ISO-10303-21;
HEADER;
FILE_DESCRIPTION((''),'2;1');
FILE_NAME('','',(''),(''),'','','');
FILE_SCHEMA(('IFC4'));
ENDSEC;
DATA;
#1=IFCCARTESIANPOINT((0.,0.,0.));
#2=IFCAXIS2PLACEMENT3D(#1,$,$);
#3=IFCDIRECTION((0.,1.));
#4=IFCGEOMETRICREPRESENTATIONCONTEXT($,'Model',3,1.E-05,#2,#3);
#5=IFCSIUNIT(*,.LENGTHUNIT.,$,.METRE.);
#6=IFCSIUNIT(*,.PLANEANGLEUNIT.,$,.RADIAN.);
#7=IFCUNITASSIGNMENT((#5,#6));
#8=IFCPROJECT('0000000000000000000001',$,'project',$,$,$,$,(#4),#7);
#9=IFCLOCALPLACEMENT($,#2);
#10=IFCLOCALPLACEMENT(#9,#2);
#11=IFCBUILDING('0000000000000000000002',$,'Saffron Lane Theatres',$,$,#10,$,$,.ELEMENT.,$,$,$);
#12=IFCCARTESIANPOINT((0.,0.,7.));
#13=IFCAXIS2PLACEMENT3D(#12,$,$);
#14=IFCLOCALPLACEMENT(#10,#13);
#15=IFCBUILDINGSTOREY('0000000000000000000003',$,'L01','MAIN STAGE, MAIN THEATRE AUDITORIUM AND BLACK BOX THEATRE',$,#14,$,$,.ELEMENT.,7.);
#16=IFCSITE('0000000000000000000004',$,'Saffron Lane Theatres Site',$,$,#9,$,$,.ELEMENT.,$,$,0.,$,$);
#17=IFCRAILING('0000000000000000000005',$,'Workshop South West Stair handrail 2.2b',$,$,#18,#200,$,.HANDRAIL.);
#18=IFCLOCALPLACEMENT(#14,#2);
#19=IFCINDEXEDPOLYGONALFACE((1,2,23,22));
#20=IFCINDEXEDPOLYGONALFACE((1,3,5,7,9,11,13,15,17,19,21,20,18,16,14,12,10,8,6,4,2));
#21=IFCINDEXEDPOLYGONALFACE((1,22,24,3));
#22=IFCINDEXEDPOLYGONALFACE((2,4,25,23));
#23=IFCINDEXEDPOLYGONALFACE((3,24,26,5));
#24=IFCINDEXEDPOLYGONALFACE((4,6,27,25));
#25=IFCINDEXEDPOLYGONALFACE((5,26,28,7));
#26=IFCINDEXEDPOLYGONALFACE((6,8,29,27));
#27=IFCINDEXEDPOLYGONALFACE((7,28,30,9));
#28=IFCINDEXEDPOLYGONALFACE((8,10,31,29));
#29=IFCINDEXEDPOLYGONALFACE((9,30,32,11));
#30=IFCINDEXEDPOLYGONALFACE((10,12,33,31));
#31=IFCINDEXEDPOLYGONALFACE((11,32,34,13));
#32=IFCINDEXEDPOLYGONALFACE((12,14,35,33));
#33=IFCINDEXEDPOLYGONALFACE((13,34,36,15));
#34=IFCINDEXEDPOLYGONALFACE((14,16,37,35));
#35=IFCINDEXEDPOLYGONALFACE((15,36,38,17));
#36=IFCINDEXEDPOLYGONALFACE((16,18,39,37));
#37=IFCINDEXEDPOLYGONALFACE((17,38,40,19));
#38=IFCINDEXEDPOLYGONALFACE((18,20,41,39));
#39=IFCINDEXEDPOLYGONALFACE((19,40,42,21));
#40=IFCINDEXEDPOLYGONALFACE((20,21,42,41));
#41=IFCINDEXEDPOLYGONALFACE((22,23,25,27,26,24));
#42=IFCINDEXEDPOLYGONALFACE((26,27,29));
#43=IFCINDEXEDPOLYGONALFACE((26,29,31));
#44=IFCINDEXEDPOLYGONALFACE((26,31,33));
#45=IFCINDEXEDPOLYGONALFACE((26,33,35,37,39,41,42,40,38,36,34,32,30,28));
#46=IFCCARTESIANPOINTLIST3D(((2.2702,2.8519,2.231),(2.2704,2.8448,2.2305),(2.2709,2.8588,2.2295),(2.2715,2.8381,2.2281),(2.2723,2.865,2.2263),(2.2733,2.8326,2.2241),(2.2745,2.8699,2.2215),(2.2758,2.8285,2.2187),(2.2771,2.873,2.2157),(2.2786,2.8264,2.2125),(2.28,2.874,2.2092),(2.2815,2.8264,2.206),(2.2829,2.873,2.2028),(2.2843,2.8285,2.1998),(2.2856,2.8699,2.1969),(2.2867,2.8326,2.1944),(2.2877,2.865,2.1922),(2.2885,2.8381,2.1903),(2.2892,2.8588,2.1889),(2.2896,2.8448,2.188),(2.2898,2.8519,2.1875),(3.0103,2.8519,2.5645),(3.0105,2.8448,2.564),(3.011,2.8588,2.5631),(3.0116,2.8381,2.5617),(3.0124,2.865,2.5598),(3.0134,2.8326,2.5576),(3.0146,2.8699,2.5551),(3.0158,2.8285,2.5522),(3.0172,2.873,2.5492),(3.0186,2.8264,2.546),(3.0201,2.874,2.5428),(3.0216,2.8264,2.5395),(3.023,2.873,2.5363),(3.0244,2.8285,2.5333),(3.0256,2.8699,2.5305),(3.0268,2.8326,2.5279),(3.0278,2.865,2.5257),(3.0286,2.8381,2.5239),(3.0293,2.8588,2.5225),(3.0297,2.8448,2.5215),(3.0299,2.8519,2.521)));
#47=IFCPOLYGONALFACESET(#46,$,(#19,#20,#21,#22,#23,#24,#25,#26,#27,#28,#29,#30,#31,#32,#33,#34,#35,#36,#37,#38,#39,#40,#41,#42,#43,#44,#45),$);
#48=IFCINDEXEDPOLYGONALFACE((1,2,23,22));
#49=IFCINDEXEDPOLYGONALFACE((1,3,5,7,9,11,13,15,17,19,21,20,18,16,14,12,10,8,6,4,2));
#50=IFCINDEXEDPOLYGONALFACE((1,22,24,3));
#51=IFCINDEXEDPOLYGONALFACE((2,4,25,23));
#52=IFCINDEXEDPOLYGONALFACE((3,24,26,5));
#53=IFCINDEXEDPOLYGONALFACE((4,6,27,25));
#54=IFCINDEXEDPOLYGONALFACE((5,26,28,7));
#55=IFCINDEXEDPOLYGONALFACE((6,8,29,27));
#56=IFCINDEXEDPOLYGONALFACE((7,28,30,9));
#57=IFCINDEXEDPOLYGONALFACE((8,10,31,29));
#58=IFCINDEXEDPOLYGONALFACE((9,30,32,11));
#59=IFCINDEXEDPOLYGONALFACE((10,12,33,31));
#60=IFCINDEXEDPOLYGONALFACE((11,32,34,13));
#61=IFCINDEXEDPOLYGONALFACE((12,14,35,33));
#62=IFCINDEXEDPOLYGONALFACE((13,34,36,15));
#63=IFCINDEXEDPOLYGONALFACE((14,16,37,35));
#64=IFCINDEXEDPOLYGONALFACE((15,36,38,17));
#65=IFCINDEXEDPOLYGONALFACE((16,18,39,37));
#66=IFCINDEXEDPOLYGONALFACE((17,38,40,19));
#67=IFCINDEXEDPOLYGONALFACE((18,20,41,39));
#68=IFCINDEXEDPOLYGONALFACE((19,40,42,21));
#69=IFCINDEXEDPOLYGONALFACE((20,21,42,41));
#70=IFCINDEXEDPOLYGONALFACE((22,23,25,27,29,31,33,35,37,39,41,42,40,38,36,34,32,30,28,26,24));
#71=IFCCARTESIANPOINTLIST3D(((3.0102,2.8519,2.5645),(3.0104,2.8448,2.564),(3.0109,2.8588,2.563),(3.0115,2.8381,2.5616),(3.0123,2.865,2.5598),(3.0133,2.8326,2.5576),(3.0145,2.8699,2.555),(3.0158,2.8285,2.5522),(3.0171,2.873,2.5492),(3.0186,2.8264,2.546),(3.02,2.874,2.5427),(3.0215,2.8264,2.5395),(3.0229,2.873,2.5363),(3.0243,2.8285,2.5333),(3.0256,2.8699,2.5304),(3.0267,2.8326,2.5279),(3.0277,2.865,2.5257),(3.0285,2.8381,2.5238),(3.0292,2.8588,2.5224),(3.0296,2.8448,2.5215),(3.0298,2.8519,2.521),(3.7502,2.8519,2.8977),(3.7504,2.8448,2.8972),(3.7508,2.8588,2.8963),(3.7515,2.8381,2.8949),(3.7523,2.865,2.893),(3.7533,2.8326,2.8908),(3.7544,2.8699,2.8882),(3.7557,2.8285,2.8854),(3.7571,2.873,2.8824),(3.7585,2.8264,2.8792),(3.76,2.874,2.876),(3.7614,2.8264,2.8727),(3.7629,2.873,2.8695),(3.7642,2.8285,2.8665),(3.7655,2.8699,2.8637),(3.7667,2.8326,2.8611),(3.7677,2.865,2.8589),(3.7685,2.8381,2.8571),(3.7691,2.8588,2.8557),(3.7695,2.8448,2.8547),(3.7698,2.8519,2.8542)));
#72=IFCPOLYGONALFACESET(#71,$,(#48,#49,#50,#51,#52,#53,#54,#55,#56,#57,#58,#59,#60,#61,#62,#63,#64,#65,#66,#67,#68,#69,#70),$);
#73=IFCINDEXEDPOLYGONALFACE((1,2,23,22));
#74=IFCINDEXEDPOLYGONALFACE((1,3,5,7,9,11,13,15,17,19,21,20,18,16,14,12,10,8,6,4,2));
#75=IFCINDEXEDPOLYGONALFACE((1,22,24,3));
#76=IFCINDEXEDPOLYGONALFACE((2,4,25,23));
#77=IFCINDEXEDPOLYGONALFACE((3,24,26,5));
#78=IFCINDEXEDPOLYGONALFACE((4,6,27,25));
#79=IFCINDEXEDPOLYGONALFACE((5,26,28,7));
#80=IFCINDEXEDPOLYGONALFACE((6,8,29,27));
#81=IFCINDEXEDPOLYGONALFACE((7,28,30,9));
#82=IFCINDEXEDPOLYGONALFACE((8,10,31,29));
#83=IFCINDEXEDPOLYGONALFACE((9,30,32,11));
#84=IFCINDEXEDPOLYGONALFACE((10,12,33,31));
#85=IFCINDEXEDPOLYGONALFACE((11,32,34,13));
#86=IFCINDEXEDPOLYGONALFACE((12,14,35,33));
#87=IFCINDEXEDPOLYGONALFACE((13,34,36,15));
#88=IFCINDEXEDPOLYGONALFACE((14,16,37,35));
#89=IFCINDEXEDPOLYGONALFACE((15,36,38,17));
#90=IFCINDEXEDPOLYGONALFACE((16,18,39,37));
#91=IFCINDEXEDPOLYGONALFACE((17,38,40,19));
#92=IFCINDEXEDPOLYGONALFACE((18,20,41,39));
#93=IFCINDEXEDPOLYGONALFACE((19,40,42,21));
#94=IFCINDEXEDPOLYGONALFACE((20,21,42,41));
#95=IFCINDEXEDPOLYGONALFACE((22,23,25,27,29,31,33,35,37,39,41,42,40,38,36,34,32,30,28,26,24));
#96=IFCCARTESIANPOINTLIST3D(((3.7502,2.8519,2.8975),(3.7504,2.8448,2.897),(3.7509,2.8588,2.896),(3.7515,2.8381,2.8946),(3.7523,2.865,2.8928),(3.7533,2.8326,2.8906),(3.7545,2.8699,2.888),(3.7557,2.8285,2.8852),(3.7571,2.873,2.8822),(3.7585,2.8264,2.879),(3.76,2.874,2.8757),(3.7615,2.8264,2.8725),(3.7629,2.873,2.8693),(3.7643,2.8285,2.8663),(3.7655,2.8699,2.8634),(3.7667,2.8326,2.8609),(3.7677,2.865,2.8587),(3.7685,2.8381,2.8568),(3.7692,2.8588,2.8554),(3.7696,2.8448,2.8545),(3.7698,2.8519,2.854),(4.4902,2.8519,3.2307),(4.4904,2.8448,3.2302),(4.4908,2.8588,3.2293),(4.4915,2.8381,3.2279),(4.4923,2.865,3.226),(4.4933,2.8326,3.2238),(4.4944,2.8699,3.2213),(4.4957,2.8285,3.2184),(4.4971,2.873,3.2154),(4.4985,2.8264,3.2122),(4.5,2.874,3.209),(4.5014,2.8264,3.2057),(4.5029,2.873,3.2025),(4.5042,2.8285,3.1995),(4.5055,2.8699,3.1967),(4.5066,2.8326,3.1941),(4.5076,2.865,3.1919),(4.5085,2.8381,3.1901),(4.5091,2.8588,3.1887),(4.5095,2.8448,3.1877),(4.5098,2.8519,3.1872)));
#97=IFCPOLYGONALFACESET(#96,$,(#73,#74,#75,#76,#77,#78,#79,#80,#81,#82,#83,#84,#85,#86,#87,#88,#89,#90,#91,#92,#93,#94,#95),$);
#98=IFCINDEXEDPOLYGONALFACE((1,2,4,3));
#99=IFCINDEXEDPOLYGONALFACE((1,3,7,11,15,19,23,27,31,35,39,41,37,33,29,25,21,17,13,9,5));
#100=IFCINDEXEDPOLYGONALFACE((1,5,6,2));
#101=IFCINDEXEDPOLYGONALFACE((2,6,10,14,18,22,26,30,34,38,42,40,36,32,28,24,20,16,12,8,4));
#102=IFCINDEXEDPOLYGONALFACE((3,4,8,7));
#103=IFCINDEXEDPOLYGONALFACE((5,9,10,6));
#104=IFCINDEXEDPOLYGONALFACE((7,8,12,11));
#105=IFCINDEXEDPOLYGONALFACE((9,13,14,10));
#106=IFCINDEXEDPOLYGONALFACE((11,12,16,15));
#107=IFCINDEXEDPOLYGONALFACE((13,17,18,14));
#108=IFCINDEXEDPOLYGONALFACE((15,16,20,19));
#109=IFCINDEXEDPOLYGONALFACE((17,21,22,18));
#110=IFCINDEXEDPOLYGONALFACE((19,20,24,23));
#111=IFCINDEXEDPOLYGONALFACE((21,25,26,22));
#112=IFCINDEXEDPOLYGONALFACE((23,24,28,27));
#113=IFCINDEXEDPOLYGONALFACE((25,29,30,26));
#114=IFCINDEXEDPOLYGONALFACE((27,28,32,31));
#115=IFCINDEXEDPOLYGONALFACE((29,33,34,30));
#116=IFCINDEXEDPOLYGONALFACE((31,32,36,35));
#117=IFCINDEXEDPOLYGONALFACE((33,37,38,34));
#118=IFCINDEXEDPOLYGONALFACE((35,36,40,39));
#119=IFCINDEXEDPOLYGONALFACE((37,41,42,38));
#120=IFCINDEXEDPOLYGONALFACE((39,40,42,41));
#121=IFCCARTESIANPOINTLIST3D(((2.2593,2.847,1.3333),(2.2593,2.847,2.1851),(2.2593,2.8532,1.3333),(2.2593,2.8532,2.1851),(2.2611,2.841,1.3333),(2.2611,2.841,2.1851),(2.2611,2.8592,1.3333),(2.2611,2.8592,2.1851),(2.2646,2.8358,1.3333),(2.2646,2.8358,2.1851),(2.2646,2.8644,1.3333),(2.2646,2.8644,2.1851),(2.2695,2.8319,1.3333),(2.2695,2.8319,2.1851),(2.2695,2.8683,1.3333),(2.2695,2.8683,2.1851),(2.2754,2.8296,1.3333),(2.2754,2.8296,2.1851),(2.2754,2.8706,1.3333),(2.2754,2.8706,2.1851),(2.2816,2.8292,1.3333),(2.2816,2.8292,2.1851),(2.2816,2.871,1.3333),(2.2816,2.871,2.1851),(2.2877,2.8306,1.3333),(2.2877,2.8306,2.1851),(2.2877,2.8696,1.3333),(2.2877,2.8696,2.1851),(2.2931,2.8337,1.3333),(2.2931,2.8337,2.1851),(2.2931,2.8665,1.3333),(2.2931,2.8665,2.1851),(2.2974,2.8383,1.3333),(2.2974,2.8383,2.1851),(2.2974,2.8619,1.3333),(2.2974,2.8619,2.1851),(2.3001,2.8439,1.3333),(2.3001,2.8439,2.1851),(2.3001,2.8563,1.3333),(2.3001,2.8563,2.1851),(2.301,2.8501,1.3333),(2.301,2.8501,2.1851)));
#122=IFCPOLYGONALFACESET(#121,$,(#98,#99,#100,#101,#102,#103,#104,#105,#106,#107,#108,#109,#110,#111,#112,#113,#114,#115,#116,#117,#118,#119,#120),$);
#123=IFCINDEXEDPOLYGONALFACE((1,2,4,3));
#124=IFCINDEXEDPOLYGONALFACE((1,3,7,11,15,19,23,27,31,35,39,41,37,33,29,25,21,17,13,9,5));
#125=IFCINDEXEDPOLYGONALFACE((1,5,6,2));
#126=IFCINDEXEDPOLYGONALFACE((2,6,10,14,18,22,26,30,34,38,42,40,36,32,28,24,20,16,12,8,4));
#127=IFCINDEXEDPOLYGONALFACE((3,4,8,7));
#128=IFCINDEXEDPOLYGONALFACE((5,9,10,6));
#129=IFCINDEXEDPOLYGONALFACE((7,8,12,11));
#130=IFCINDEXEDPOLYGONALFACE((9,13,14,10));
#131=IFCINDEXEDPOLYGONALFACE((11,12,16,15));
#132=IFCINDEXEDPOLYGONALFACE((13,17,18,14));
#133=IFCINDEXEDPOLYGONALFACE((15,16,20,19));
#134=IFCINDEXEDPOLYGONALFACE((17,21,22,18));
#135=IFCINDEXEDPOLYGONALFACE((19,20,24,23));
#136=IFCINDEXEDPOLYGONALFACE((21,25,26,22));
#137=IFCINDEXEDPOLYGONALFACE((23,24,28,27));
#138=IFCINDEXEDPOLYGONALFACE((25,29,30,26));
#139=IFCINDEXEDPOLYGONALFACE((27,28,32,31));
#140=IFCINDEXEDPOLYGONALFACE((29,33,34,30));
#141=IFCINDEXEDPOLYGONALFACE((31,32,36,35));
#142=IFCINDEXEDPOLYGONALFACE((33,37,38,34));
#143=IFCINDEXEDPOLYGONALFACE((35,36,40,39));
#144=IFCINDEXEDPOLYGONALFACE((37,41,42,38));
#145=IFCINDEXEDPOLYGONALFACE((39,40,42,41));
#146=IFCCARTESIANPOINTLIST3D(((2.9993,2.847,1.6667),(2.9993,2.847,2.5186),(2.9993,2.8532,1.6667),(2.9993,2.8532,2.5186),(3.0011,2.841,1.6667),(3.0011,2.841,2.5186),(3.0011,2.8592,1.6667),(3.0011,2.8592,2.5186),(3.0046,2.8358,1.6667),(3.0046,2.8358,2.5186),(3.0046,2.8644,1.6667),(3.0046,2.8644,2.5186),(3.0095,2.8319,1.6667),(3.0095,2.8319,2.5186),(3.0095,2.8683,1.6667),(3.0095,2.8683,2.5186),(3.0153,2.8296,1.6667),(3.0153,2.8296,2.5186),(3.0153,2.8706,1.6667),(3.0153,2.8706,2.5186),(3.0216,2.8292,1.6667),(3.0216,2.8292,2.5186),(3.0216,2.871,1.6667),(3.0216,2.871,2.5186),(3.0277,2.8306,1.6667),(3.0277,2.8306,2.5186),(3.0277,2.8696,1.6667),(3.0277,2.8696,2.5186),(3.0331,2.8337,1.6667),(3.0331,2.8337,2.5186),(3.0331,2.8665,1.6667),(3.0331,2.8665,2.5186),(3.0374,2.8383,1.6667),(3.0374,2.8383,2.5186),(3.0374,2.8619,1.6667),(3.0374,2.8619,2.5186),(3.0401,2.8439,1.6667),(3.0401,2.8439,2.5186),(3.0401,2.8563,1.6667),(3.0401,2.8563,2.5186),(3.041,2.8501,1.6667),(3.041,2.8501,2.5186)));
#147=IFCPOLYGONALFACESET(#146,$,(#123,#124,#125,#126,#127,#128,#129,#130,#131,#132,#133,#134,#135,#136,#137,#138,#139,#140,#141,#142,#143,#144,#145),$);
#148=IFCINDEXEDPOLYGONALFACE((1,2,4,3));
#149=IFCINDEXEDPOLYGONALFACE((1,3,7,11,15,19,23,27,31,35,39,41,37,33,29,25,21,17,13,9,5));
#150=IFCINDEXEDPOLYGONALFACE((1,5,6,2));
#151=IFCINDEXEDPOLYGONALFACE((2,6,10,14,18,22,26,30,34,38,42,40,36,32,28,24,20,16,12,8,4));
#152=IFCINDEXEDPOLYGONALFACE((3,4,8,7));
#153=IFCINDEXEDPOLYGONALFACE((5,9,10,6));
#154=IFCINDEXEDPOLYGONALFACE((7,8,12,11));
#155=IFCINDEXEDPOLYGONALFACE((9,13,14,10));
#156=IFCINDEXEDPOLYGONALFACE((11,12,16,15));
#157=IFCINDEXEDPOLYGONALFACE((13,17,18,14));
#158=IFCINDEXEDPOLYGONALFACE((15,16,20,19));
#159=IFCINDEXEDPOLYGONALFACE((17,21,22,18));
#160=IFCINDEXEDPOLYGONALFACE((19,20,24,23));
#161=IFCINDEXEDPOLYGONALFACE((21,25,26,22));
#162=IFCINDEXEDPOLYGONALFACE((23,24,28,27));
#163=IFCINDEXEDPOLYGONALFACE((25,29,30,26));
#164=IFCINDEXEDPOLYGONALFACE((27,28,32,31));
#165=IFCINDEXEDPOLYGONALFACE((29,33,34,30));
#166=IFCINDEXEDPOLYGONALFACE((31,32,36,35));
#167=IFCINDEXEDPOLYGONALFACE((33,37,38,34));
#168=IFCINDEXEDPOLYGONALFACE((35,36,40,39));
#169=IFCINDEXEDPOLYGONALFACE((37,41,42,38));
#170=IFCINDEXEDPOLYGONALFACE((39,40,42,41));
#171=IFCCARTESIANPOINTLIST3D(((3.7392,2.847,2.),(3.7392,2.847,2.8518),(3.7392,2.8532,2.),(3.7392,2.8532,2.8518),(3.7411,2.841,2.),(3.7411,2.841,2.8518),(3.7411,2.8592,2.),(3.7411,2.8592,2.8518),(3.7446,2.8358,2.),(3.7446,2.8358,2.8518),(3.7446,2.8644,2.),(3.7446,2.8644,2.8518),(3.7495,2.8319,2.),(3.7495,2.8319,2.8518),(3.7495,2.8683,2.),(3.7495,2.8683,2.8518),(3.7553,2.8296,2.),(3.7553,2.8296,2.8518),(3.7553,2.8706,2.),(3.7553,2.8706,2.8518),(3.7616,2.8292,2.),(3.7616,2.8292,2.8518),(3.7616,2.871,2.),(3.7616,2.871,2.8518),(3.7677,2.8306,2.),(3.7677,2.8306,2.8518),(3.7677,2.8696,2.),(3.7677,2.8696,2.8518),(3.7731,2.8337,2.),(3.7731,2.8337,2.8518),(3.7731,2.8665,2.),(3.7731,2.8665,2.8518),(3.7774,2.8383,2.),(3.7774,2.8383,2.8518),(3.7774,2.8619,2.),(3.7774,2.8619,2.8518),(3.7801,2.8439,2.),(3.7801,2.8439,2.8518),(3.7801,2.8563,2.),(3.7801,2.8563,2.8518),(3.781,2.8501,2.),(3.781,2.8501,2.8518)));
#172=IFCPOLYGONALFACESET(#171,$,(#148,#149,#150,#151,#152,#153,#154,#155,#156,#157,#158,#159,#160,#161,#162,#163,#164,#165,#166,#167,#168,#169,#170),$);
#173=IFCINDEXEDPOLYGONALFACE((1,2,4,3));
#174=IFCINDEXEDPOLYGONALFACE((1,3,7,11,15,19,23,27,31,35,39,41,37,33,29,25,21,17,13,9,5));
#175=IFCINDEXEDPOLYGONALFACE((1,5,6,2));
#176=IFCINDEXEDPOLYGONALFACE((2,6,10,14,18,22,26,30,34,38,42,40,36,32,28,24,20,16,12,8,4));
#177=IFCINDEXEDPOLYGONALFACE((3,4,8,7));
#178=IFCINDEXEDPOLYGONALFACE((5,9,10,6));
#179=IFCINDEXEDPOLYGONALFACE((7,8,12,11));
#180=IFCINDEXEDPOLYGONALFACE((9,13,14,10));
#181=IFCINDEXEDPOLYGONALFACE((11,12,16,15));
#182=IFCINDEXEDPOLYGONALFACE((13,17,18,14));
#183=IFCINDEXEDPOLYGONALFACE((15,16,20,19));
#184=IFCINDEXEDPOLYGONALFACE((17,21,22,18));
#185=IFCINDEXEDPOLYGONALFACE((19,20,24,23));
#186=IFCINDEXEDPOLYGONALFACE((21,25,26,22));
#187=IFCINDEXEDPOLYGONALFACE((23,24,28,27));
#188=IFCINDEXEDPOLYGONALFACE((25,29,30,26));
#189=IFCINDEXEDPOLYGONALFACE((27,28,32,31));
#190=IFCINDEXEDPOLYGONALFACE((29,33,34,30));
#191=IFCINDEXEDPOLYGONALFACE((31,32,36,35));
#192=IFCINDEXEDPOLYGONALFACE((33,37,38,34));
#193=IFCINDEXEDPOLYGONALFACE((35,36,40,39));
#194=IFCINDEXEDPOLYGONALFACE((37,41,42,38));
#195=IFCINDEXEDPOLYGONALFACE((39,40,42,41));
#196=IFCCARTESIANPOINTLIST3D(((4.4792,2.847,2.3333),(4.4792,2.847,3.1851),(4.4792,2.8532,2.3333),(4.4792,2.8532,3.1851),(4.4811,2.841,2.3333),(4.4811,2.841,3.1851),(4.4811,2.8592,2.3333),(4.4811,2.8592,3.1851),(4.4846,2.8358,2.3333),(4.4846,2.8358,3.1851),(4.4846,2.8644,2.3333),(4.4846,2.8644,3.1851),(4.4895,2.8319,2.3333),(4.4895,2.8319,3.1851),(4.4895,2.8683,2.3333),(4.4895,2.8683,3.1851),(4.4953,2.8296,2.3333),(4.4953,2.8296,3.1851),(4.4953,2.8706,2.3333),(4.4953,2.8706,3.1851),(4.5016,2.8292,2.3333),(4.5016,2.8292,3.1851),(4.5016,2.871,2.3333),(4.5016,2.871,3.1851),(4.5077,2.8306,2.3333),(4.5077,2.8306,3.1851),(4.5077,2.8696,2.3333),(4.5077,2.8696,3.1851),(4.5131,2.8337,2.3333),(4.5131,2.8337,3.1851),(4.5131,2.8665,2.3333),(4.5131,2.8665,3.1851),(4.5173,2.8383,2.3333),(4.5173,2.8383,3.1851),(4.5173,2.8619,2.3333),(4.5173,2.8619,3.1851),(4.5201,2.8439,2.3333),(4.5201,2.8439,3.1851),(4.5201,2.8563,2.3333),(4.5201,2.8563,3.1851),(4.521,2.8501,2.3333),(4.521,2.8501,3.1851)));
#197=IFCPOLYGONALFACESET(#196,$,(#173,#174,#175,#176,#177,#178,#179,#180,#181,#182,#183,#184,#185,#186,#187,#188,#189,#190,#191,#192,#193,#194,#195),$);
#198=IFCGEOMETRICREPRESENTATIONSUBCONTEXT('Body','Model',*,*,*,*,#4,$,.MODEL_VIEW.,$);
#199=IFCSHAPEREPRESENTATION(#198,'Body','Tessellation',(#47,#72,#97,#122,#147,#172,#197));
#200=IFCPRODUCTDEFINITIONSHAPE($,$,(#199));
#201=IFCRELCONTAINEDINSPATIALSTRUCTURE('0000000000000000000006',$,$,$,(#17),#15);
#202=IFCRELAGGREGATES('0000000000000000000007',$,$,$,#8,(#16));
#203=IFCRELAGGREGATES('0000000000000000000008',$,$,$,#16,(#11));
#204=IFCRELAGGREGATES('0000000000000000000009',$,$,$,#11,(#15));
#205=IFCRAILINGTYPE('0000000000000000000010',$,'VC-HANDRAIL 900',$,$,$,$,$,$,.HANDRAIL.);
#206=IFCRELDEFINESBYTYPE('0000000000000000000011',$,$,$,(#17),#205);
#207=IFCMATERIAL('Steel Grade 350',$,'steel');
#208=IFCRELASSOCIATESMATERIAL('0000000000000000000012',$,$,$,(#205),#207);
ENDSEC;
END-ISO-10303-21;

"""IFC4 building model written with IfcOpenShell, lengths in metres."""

from ifc_helpers import new_model, si_unit, direction, frame, origin, origin_2d, place, context, subcontext, project, spatial, circle, extrude, material, type_object, element, save


model = new_model("IFC4")

# Units and contexts
model_context = context("Model", 3, precision=1e-05, world=origin(), true_north=direction((0.0, 1.0)))
body_context = subcontext(model_context, "Body", "Model", "MODEL_VIEW")
ifc_project = project(units=[si_unit("LENGTHUNIT", "METRE"), si_unit("PLANEANGLEUNIT", "RADIAN")], contexts=[model_context])

# Site, building, storey
site_placement = place(None, origin())
site = spatial("IfcSite", under=ifc_project, at=site_placement, Name="Saffron Lane Theatres Site", CompositionType="ELEMENT", RefElevation=0.0)
building_placement = place(site_placement, origin())
building = spatial("IfcBuilding", under=site, at=building_placement, Name="Saffron Lane Theatres", CompositionType="ELEMENT")
storey_placement = place(building_placement, frame((0.0, 0.0, 7.0)))
storey = spatial("IfcBuildingStorey", under=building, at=storey_placement, Name="L01", Description="MAIN STAGE, MAIN THEATRE AUDITORIUM AND BLACK BOX THEATRE", CompositionType="ELEMENT", Elevation=7.0)

# Railing
ifc_material_1 = material(Name="Steel Grade 350", Category="steel")
railing_type_1 = type_object("IfcRailingType", Name="VC-HANDRAIL 900", PredefinedType="HANDRAIL", material=ifc_material_1)
for number, where, name in (
    (1, (2.28, 2.8501, 1.3333), "Workshop South West Stair handrail 2.2b"),
):
    element("IfcRailing", number, at=place(storey_placement, frame(where)), inside=storey, type_object=railing_type_1, Name=name, PredefinedType="HANDRAIL", context=body_context, shape_type="SweptSolid", body=[
        extrude(circle(Radius=0.0239, at=origin_2d()), frame((0.0, 0.0, 0.876), z_axis=(0.911691, 0.0, 0.410877), x_axis=(0.0, 1.0, 0.0)), (0.0, 0.0, 1.0), 0.8118),
        extrude(circle(Radius=0.0239, at=origin_2d()), frame((0.74, 0.0, 1.2095), z_axis=(0.911803, 0.0, 0.410627), x_axis=(0.0, 1.0, 0.0)), (0.0, 0.0, 1.0), 0.8115),
        extrude(circle(Radius=0.0239, at=origin_2d()), frame((1.48, 0.0, 1.5425), z_axis=(0.911803, 0.0, 0.410627), x_axis=(0.0, 1.0, 0.0)), (0.0, 0.0, 1.0), 0.8115),
        extrude(circle(Radius=0.021, at=origin_2d()), origin(), (0.0, 0.0, 1.0), 0.8518),
        extrude(circle(Radius=0.021, at=origin_2d()), frame((0.74, 0.0, 0.3335)), (0.0, 0.0, 1.0), 0.8518),
        extrude(circle(Radius=0.021, at=origin_2d()), frame((1.48, 0.0, 0.6667)), (0.0, 0.0, 1.0), 0.8518),
        extrude(circle(Radius=0.021, at=origin_2d()), frame((2.22, 0.0, 1.0)), (0.0, 0.0, 1.0), 0.8518),
    ])

save(model, "model.ifc")
